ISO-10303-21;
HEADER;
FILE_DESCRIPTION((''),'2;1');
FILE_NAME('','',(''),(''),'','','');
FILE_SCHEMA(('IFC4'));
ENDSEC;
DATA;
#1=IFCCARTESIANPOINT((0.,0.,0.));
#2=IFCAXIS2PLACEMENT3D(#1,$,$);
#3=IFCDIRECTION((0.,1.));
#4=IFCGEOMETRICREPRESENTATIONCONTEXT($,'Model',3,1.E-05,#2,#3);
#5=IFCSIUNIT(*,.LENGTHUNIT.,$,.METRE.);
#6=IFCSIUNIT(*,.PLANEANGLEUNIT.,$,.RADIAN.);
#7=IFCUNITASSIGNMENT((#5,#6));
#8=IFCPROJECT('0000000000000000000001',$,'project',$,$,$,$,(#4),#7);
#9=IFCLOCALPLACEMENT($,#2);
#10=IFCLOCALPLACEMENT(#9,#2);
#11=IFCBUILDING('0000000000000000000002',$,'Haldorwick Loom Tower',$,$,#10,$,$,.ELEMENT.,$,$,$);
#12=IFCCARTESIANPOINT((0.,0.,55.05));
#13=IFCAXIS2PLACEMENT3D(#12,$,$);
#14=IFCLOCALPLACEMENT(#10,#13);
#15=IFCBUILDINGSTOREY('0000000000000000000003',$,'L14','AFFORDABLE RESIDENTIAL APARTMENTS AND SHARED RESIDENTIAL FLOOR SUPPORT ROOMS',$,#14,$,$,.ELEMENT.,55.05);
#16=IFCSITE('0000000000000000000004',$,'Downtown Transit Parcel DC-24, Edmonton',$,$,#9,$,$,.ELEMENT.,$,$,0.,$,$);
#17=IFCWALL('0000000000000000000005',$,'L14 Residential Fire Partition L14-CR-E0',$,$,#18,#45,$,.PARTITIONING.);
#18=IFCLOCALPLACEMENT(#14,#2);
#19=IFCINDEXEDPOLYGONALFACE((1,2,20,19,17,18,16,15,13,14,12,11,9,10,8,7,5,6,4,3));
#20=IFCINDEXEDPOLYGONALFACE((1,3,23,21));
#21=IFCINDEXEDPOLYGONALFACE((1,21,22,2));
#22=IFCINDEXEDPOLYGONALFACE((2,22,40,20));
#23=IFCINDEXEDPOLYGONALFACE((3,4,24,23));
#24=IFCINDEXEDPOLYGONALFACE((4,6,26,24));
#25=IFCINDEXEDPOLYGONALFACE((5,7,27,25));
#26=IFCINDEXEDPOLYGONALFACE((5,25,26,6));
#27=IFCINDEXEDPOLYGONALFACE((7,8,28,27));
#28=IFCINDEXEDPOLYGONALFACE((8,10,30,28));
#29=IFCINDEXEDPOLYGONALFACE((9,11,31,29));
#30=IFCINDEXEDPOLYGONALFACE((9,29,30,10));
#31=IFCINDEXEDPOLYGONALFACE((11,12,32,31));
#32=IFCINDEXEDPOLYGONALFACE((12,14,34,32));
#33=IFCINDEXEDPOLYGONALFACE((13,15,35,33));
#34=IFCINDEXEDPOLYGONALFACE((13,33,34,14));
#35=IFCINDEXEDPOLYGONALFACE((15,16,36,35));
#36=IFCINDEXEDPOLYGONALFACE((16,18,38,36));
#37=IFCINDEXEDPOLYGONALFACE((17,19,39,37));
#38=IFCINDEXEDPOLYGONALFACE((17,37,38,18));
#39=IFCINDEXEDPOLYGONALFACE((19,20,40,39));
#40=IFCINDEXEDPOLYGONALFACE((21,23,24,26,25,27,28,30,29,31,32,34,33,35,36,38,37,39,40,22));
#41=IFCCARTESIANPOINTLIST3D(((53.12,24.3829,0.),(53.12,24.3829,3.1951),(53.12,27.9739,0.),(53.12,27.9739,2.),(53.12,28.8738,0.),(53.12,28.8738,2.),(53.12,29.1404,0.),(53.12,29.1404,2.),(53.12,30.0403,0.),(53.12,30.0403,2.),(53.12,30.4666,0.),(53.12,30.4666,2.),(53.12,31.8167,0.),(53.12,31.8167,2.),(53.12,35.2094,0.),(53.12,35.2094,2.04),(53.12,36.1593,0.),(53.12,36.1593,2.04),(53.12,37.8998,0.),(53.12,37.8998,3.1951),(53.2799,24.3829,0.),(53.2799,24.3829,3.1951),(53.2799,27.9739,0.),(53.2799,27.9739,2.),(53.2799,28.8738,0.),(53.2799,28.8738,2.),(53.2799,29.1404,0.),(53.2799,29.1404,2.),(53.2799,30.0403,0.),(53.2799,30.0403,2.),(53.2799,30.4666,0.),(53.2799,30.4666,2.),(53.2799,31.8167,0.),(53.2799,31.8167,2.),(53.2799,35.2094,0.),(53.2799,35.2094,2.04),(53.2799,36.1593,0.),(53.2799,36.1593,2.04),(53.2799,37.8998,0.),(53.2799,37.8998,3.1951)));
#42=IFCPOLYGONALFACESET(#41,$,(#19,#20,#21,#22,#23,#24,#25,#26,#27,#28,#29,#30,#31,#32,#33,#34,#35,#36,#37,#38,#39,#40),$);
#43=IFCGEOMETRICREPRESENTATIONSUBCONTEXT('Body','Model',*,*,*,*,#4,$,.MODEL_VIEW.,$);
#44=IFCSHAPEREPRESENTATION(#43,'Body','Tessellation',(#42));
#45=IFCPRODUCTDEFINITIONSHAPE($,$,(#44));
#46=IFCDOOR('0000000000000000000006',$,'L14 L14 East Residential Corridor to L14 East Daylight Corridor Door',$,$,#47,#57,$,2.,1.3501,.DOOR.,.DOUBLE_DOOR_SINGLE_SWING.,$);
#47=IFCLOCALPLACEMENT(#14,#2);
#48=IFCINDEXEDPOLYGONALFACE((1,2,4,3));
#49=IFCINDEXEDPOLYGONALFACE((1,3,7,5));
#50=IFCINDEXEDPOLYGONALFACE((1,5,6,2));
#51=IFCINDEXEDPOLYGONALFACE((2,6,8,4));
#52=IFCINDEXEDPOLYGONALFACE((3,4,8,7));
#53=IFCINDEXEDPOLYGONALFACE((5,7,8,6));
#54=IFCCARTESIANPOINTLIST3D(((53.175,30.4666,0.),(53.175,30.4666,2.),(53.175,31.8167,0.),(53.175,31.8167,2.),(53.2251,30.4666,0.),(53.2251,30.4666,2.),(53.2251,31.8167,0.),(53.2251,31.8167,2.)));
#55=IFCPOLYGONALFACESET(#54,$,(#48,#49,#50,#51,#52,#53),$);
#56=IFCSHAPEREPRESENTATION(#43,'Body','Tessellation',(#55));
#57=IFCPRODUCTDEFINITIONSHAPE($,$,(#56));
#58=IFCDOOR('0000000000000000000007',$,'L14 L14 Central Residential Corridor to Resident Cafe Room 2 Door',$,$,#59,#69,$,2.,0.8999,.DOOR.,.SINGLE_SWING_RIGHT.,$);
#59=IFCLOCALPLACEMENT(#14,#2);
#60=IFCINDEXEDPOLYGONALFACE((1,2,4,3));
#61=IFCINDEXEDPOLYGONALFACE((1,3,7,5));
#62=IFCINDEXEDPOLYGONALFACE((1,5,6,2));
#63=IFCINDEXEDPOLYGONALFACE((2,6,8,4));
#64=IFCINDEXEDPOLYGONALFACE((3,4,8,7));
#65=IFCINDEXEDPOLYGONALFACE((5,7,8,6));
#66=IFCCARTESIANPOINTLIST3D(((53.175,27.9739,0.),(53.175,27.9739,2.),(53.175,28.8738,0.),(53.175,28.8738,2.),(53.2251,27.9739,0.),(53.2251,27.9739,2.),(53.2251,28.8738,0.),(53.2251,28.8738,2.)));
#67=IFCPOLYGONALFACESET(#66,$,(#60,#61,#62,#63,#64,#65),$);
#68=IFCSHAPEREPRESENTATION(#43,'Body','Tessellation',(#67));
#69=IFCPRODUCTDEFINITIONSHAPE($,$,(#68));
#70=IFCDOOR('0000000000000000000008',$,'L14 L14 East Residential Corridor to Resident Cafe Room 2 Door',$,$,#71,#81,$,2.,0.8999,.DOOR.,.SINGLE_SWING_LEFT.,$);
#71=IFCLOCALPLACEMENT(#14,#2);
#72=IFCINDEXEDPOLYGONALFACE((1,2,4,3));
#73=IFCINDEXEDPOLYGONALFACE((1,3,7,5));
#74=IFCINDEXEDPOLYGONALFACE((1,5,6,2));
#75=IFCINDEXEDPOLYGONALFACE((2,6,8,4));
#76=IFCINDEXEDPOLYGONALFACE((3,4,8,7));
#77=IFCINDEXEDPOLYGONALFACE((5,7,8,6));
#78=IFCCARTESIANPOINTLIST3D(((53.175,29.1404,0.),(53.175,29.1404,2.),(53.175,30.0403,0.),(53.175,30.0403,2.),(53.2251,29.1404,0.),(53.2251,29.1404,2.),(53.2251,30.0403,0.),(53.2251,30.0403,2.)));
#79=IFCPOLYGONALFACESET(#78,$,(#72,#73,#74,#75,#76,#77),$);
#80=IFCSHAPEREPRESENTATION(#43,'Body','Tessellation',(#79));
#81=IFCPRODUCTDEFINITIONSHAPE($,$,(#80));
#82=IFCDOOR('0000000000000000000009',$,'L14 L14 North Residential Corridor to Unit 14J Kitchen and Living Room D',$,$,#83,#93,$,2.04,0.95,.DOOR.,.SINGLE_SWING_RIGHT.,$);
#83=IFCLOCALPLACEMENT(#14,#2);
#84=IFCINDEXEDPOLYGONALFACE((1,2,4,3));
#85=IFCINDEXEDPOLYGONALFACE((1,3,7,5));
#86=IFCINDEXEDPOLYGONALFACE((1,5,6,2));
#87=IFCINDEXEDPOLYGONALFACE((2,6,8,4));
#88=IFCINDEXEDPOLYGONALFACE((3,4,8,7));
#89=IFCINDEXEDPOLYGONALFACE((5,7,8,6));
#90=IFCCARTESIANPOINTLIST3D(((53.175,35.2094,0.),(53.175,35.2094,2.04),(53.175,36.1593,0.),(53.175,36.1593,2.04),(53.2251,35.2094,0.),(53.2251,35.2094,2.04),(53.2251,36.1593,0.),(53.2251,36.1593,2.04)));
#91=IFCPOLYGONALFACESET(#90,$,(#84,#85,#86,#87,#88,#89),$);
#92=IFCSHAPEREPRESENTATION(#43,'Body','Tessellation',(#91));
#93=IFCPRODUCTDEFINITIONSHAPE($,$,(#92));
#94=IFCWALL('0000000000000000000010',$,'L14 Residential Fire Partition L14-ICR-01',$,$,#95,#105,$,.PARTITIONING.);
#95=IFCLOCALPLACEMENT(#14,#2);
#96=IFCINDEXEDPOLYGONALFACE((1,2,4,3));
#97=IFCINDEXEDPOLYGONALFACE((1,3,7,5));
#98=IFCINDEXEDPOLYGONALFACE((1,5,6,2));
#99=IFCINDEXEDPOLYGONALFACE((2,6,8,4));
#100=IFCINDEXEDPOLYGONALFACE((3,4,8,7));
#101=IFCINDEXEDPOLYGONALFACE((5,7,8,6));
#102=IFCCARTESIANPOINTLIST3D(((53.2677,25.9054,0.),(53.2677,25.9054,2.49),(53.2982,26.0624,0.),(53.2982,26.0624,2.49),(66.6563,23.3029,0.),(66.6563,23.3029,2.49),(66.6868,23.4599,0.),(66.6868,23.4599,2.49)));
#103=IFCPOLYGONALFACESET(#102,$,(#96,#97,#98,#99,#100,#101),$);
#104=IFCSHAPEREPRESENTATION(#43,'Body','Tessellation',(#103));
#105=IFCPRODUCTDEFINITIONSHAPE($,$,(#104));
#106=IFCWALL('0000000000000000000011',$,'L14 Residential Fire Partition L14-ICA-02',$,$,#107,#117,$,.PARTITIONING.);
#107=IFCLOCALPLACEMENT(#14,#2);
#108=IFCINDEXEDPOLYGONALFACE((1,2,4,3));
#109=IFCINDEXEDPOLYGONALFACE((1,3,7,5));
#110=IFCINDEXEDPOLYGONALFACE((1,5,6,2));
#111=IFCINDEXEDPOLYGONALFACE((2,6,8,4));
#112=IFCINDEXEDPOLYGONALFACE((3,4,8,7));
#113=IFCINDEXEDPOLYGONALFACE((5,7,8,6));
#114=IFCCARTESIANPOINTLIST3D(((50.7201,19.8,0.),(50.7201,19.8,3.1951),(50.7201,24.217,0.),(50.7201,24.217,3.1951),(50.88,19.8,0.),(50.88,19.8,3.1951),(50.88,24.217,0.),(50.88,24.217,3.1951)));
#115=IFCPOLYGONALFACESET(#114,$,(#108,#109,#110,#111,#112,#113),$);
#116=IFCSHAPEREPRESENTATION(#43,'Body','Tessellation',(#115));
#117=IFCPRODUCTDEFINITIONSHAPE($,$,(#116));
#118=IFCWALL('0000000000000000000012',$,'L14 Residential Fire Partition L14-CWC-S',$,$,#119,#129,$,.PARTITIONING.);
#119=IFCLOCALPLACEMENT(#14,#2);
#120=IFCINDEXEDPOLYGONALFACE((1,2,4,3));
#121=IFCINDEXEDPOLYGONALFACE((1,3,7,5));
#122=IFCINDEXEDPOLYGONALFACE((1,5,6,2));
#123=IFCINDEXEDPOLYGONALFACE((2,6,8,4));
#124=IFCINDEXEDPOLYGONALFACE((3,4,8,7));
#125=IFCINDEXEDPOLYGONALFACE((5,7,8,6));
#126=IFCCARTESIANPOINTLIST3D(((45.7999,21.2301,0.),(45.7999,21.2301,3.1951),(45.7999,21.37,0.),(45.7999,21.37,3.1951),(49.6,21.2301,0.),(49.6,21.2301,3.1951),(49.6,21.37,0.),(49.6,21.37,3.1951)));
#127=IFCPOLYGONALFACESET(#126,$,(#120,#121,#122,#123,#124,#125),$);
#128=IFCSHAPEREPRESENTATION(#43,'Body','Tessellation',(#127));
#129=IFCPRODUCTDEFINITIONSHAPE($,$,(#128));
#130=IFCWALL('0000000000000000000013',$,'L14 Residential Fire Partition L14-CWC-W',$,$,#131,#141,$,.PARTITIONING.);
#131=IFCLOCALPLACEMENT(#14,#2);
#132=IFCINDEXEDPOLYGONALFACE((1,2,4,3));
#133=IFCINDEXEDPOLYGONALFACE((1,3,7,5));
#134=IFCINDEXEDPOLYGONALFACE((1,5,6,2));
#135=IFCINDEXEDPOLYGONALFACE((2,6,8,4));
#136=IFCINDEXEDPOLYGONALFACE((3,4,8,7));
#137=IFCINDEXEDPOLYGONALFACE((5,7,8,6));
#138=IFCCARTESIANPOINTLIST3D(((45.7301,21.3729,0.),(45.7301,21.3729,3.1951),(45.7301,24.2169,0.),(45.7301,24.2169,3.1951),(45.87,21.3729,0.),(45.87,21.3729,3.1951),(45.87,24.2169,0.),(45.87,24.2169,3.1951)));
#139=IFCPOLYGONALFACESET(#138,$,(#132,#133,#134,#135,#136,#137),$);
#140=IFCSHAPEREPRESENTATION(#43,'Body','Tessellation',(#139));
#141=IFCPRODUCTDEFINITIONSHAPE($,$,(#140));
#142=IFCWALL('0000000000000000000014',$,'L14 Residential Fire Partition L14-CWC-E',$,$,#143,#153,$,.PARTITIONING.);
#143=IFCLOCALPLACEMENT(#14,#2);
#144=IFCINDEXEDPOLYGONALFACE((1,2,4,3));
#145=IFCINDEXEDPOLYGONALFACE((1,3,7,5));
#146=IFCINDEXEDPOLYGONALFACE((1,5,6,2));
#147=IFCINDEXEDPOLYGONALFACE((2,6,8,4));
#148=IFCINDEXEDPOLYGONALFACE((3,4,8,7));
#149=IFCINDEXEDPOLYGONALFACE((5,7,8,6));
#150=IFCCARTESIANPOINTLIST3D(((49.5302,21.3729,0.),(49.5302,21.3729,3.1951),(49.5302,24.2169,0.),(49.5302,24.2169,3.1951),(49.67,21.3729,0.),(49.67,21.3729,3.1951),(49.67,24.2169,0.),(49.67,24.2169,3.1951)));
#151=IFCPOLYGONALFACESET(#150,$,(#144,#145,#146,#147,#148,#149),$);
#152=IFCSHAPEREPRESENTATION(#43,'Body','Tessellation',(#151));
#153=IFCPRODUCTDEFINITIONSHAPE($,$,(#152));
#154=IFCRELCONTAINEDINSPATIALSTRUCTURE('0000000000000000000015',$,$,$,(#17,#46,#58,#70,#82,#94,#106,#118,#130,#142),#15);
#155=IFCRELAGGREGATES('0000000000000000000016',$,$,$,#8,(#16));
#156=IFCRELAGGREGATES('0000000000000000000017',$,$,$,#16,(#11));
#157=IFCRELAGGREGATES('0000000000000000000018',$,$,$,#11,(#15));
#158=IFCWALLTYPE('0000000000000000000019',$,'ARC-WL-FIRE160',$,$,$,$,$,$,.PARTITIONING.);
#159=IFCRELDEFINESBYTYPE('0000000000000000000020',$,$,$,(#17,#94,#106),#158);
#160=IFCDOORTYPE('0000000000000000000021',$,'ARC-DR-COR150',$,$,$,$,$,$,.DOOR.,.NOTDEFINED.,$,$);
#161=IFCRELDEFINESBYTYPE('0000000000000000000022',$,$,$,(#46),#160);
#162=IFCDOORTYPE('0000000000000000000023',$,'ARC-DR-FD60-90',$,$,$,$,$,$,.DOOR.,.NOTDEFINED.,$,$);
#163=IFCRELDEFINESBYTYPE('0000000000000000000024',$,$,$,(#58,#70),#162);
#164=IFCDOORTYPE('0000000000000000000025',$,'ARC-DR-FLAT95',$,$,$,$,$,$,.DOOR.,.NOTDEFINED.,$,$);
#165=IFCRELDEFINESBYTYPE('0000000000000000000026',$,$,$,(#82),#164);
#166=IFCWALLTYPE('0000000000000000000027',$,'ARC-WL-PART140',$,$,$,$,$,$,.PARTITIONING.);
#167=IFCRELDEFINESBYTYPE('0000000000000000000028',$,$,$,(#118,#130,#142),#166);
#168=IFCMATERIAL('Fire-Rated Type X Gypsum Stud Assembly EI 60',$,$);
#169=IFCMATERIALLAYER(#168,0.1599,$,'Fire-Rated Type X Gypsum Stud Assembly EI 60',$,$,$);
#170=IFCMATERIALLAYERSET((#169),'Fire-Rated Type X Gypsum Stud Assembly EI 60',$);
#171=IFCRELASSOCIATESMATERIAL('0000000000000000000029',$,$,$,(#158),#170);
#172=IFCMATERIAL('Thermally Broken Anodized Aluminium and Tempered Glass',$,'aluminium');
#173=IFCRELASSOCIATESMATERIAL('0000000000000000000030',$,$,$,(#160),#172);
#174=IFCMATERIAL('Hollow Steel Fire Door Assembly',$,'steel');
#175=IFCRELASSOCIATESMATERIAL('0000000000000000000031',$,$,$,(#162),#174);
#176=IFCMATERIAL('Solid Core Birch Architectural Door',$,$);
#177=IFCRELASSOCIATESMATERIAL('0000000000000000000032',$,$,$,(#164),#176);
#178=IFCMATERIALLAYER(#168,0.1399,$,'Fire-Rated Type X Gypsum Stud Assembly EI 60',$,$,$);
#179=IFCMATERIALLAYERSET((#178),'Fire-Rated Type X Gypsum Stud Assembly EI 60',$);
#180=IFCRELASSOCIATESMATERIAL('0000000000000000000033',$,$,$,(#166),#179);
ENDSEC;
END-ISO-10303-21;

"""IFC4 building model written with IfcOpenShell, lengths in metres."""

from ifc_helpers import new_model, si_unit, direction, frame, frame_2d, origin, place, context, subcontext, project, spatial, rectangle, extrude, material, layer, layer_set, type_object, element, fill, save


model = new_model("IFC4")

# Units and contexts
model_context = context("Model", 3, precision=1e-05, world=origin(), true_north=direction((0.0, 1.0)))
body_context = subcontext(model_context, "Body", "Model", "MODEL_VIEW")
ifc_project = project(units=[si_unit("LENGTHUNIT", "METRE"), si_unit("PLANEANGLEUNIT", "RADIAN")], contexts=[model_context])

# Site, building, storey
site_placement = place(None, origin())
site = spatial("IfcSite", under=ifc_project, at=site_placement, Name="Downtown Transit Parcel DC-24, Edmonton", CompositionType="ELEMENT", RefElevation=0.0)
building_placement = place(site_placement, origin())
building = spatial("IfcBuilding", under=site, at=building_placement, Name="Haldorwick Loom Tower", CompositionType="ELEMENT")
storey_placement = place(building_placement, frame((0.0, 0.0, 55.05)))
storey = spatial("IfcBuildingStorey", under=building, at=storey_placement, Name="L14", Description="AFFORDABLE RESIDENTIAL APARTMENTS AND SHARED RESIDENTIAL FLOOR SUPPORT ROOMS", CompositionType="ELEMENT", Elevation=55.05)

# Wall, openings, doors
ifc_material_1 = material(Name="Fire-Rated Type X Gypsum Stud Assembly EI 60")
ifc_layer_1 = layer(ifc_material_1, 0.1599, Name="Fire-Rated Type X Gypsum Stud Assembly EI 60")
ifc_layer_set_1 = layer_set([ifc_layer_1], Name="Fire-Rated Type X Gypsum Stud Assembly EI 60")
wall_type_1 = type_object("IfcWallType", Name="ARC-WL-FIRE160", PredefinedType="PARTITIONING", material=ifc_layer_set_1)
wall_1_placement = place(storey_placement, frame((53.2, 24.3831, 0.0), z_axis=(0.0, 0.0, 1.0), x_axis=(0.0, 1.0, 0.0)))
wall_1 = element("IfcWall", 1, at=wall_1_placement, inside=storey, type_object=wall_type_1, Name="L14 Residential Fire Partition L14-CR-E0", PredefinedType="PARTITIONING", context=body_context, shape_type="SweptSolid", body=[
    extrude(rectangle(XDim=13.5168, YDim=0.1599, at=frame_2d((6.7583, 0.0))), origin(), (0.0, 0.0, 1.0), 3.1951),
])
opening_1_placement = place(wall_1_placement, frame((6.0835, 0.0, 0.0)))
opening_1 = element("IfcOpeningElement", 2, at=opening_1_placement, cuts=wall_1, PredefinedType="OPENING", context=body_context, shape_type="SweptSolid", body=[
    extrude(rectangle(XDim=1.3501, YDim=2.0, at=frame_2d((0.675, 1.0))), frame((0.0, 0.0898, 0.0), z_axis=(0.0, -1.0, 0.0), x_axis=(1.0, 0.0, 0.0)), (0.0, 0.0, 1.0), 0.1799),
])
opening_2_placement = place(wall_1_placement, frame((10.8262, 0.0, 0.0)))
opening_2 = element("IfcOpeningElement", 3, at=opening_2_placement, cuts=wall_1, PredefinedType="OPENING", context=body_context, shape_type="SweptSolid", body=[
    extrude(rectangle(XDim=0.95, YDim=2.04, at=frame_2d((0.4751, 1.02))), frame((0.0, 0.0898, 0.0), z_axis=(0.0, -1.0, 0.0), x_axis=(1.0, 0.0, 0.0)), (0.0, 0.0, 1.0), 0.1799),
])
opening_3_placement = place(wall_1_placement, frame((3.5908, 0.0, 0.0)))
opening_3 = element("IfcOpeningElement", 4, at=opening_3_placement, cuts=wall_1, PredefinedType="OPENING", context=body_context, shape_type="SweptSolid", body=[
    extrude(rectangle(XDim=0.8999, YDim=2.0, at=frame_2d((0.45, 1.0))), frame((0.0, 0.0898, 0.0), z_axis=(0.0, -1.0, 0.0), x_axis=(1.0, 0.0, 0.0)), (0.0, 0.0, 1.0), 0.1799),
])
opening_4_placement = place(wall_1_placement, frame((4.7573, 0.0, 0.0)))
opening_4 = element("IfcOpeningElement", 5, at=opening_4_placement, cuts=wall_1, PredefinedType="OPENING", context=body_context, shape_type="SweptSolid", body=[
    extrude(rectangle(XDim=0.8999, YDim=2.0, at=frame_2d((0.45, 1.0))), frame((0.0, 0.0898, 0.0), z_axis=(0.0, -1.0, 0.0), x_axis=(1.0, 0.0, 0.0)), (0.0, 0.0, 1.0), 0.1799),
])
ifc_material_2 = material(Name="Thermally Broken Anodized Aluminium and Tempered Glass", Category="aluminium")
door_type_1 = type_object("IfcDoorType", Name="ARC-DR-COR150", OperationType="NOTDEFINED", PredefinedType="DOOR", material=ifc_material_2)
door_1_placement = place(opening_1_placement, origin())
door_1 = element("IfcDoor", 6, at=door_1_placement, inside=storey, type_object=door_type_1, Name="L14 L14 East Residential Corridor to L14 East Daylight Corridor Door", OperationType="DOUBLE_DOOR_SINGLE_SWING", OverallHeight=2.0, OverallWidth=1.3501, PredefinedType="DOOR", context=body_context, shape_type="SweptSolid", body=[
    extrude(rectangle(XDim=1.3501, YDim=2.0, at=frame_2d((0.675, 1.0))), frame((0.0, 0.0249, 0.0), z_axis=(0.0, -1.0, 0.0), x_axis=(1.0, 0.0, 0.0)), (0.0, 0.0, 1.0), 0.05),
])
fill(opening_1, door_1)
ifc_material_3 = material(Name="Hollow Steel Fire Door Assembly", Category="steel")
door_type_2 = type_object("IfcDoorType", Name="ARC-DR-FD60-90", OperationType="NOTDEFINED", PredefinedType="DOOR", material=ifc_material_3)
door_2_placement = place(opening_3_placement, origin())
door_2 = element("IfcDoor", 7, at=door_2_placement, inside=storey, type_object=door_type_2, Name="L14 L14 Central Residential Corridor to Resident Cafe Room 2 Door", OperationType="SINGLE_SWING_RIGHT", OverallHeight=2.0, OverallWidth=0.8999, PredefinedType="DOOR", context=body_context, shape_type="SweptSolid", body=[
    extrude(rectangle(XDim=0.8999, YDim=2.0, at=frame_2d((0.45, 1.0))), frame((0.0, 0.0249, 0.0), z_axis=(0.0, -1.0, 0.0), x_axis=(1.0, 0.0, 0.0)), (0.0, 0.0, 1.0), 0.05),
])
fill(opening_3, door_2)
door_3_placement = place(opening_4_placement, origin())
door_3 = element("IfcDoor", 8, at=door_3_placement, inside=storey, type_object=door_type_2, Name="L14 L14 East Residential Corridor to Resident Cafe Room 2 Door", OperationType="SINGLE_SWING_LEFT", OverallHeight=2.0, OverallWidth=0.8999, PredefinedType="DOOR", context=body_context, shape_type="SweptSolid", body=[
    extrude(rectangle(XDim=0.8999, YDim=2.0, at=frame_2d((0.45, 1.0))), frame((0.0, 0.0249, 0.0), z_axis=(0.0, -1.0, 0.0), x_axis=(1.0, 0.0, 0.0)), (0.0, 0.0, 1.0), 0.05),
])
fill(opening_4, door_3)
ifc_material_4 = material(Name="Solid Core Birch Architectural Door")
door_type_3 = type_object("IfcDoorType", Name="ARC-DR-FLAT95", OperationType="NOTDEFINED", PredefinedType="DOOR", material=ifc_material_4)
door_4_placement = place(opening_2_placement, origin())
door_4 = element("IfcDoor", 9, at=door_4_placement, inside=storey, type_object=door_type_3, Name="L14 L14 North Residential Corridor to Unit 14J Kitchen and Living Room D", OperationType="SINGLE_SWING_RIGHT", OverallHeight=2.04, OverallWidth=0.95, PredefinedType="DOOR", context=body_context, shape_type="SweptSolid", body=[
    extrude(rectangle(XDim=0.95, YDim=2.04, at=frame_2d((0.4751, 1.02))), frame((0.0, 0.0249, 0.0), z_axis=(0.0, -1.0, 0.0), x_axis=(1.0, 0.0, 0.0)), (0.0, 0.0, 1.0), 0.05),
])
fill(opening_2, door_4)

# Walls
wall_2_placement = place(storey_placement, frame((53.283, 25.9839, 0.0), z_axis=(0.0, 0.0, 1.0), x_axis=(0.981627, -0.190812, 0.0)))
element("IfcWall", 10, at=wall_2_placement, inside=storey, type_object=wall_type_1, Name="L14 Residential Fire Partition L14-ICR-01", PredefinedType="PARTITIONING", context=body_context, shape_type="SweptSolid", body=[
    extrude(rectangle(XDim=13.6392, YDim=0.1599, at=frame_2d((6.8196, 0.0))), origin(), (0.0, 0.0, 1.0), 2.49),
])
wall_3_placement = place(storey_placement, frame((50.8, 24.217, 0.0), z_axis=(0.0, 0.0, 1.0), x_axis=(0.0, -1.0, 0.0)))
element("IfcWall", 11, at=wall_3_placement, inside=storey, type_object=wall_type_1, Name="L14 Residential Fire Partition L14-ICA-02", PredefinedType="PARTITIONING", context=body_context, shape_type="SweptSolid", body=[
    extrude(rectangle(XDim=4.417, YDim=0.1599, at=frame_2d((2.2085, 0.0))), origin(), (0.0, 0.0, 1.0), 3.1951),
])
ifc_layer_2 = layer(ifc_material_1, 0.1399, Name="Fire-Rated Type X Gypsum Stud Assembly EI 60")
ifc_layer_set_2 = layer_set([ifc_layer_2], Name="Fire-Rated Type X Gypsum Stud Assembly EI 60")
wall_type_2 = type_object("IfcWallType", Name="ARC-WL-PART140", PredefinedType="PARTITIONING", material=ifc_layer_set_2)
wall_4_placement = place(storey_placement, frame((45.8, 21.3, 0.0), z_axis=(0.0, 0.0, 1.0), x_axis=(1.0, 0.0, 0.0)))
element("IfcWall", 12, at=wall_4_placement, inside=storey, type_object=wall_type_2, Name="L14 Residential Fire Partition L14-CWC-S", PredefinedType="PARTITIONING", context=body_context, shape_type="SweptSolid", body=[
    extrude(rectangle(XDim=3.8, YDim=0.1399, at=frame_2d((1.8999, 0.0))), origin(), (0.0, 0.0, 1.0), 3.1951),
])
for number, where, z_axis, x_axis, name in (
    (13, (45.8, 21.373, 0.0), (0.0, 0.0, 1.0), (0.0, 1.0, 0.0), "L14 Residential Fire Partition L14-CWC-W"),
    (14, (49.6001, 21.373, 0.0), (0.0, 0.0, 1.0), (0.0, 1.0, 0.0), "L14 Residential Fire Partition L14-CWC-E"),
):
    element("IfcWall", number, at=place(storey_placement, frame(where, z_axis=z_axis, x_axis=x_axis)), inside=storey, type_object=wall_type_2, Name=name, PredefinedType="PARTITIONING", context=body_context, shape_type="SweptSolid", body=[
        extrude(rectangle(XDim=2.844, YDim=0.1399, at=frame_2d((1.4219, 0.0))), origin(), (0.0, 0.0, 1.0), 3.1951),
    ])

save(model, "model.ifc")
